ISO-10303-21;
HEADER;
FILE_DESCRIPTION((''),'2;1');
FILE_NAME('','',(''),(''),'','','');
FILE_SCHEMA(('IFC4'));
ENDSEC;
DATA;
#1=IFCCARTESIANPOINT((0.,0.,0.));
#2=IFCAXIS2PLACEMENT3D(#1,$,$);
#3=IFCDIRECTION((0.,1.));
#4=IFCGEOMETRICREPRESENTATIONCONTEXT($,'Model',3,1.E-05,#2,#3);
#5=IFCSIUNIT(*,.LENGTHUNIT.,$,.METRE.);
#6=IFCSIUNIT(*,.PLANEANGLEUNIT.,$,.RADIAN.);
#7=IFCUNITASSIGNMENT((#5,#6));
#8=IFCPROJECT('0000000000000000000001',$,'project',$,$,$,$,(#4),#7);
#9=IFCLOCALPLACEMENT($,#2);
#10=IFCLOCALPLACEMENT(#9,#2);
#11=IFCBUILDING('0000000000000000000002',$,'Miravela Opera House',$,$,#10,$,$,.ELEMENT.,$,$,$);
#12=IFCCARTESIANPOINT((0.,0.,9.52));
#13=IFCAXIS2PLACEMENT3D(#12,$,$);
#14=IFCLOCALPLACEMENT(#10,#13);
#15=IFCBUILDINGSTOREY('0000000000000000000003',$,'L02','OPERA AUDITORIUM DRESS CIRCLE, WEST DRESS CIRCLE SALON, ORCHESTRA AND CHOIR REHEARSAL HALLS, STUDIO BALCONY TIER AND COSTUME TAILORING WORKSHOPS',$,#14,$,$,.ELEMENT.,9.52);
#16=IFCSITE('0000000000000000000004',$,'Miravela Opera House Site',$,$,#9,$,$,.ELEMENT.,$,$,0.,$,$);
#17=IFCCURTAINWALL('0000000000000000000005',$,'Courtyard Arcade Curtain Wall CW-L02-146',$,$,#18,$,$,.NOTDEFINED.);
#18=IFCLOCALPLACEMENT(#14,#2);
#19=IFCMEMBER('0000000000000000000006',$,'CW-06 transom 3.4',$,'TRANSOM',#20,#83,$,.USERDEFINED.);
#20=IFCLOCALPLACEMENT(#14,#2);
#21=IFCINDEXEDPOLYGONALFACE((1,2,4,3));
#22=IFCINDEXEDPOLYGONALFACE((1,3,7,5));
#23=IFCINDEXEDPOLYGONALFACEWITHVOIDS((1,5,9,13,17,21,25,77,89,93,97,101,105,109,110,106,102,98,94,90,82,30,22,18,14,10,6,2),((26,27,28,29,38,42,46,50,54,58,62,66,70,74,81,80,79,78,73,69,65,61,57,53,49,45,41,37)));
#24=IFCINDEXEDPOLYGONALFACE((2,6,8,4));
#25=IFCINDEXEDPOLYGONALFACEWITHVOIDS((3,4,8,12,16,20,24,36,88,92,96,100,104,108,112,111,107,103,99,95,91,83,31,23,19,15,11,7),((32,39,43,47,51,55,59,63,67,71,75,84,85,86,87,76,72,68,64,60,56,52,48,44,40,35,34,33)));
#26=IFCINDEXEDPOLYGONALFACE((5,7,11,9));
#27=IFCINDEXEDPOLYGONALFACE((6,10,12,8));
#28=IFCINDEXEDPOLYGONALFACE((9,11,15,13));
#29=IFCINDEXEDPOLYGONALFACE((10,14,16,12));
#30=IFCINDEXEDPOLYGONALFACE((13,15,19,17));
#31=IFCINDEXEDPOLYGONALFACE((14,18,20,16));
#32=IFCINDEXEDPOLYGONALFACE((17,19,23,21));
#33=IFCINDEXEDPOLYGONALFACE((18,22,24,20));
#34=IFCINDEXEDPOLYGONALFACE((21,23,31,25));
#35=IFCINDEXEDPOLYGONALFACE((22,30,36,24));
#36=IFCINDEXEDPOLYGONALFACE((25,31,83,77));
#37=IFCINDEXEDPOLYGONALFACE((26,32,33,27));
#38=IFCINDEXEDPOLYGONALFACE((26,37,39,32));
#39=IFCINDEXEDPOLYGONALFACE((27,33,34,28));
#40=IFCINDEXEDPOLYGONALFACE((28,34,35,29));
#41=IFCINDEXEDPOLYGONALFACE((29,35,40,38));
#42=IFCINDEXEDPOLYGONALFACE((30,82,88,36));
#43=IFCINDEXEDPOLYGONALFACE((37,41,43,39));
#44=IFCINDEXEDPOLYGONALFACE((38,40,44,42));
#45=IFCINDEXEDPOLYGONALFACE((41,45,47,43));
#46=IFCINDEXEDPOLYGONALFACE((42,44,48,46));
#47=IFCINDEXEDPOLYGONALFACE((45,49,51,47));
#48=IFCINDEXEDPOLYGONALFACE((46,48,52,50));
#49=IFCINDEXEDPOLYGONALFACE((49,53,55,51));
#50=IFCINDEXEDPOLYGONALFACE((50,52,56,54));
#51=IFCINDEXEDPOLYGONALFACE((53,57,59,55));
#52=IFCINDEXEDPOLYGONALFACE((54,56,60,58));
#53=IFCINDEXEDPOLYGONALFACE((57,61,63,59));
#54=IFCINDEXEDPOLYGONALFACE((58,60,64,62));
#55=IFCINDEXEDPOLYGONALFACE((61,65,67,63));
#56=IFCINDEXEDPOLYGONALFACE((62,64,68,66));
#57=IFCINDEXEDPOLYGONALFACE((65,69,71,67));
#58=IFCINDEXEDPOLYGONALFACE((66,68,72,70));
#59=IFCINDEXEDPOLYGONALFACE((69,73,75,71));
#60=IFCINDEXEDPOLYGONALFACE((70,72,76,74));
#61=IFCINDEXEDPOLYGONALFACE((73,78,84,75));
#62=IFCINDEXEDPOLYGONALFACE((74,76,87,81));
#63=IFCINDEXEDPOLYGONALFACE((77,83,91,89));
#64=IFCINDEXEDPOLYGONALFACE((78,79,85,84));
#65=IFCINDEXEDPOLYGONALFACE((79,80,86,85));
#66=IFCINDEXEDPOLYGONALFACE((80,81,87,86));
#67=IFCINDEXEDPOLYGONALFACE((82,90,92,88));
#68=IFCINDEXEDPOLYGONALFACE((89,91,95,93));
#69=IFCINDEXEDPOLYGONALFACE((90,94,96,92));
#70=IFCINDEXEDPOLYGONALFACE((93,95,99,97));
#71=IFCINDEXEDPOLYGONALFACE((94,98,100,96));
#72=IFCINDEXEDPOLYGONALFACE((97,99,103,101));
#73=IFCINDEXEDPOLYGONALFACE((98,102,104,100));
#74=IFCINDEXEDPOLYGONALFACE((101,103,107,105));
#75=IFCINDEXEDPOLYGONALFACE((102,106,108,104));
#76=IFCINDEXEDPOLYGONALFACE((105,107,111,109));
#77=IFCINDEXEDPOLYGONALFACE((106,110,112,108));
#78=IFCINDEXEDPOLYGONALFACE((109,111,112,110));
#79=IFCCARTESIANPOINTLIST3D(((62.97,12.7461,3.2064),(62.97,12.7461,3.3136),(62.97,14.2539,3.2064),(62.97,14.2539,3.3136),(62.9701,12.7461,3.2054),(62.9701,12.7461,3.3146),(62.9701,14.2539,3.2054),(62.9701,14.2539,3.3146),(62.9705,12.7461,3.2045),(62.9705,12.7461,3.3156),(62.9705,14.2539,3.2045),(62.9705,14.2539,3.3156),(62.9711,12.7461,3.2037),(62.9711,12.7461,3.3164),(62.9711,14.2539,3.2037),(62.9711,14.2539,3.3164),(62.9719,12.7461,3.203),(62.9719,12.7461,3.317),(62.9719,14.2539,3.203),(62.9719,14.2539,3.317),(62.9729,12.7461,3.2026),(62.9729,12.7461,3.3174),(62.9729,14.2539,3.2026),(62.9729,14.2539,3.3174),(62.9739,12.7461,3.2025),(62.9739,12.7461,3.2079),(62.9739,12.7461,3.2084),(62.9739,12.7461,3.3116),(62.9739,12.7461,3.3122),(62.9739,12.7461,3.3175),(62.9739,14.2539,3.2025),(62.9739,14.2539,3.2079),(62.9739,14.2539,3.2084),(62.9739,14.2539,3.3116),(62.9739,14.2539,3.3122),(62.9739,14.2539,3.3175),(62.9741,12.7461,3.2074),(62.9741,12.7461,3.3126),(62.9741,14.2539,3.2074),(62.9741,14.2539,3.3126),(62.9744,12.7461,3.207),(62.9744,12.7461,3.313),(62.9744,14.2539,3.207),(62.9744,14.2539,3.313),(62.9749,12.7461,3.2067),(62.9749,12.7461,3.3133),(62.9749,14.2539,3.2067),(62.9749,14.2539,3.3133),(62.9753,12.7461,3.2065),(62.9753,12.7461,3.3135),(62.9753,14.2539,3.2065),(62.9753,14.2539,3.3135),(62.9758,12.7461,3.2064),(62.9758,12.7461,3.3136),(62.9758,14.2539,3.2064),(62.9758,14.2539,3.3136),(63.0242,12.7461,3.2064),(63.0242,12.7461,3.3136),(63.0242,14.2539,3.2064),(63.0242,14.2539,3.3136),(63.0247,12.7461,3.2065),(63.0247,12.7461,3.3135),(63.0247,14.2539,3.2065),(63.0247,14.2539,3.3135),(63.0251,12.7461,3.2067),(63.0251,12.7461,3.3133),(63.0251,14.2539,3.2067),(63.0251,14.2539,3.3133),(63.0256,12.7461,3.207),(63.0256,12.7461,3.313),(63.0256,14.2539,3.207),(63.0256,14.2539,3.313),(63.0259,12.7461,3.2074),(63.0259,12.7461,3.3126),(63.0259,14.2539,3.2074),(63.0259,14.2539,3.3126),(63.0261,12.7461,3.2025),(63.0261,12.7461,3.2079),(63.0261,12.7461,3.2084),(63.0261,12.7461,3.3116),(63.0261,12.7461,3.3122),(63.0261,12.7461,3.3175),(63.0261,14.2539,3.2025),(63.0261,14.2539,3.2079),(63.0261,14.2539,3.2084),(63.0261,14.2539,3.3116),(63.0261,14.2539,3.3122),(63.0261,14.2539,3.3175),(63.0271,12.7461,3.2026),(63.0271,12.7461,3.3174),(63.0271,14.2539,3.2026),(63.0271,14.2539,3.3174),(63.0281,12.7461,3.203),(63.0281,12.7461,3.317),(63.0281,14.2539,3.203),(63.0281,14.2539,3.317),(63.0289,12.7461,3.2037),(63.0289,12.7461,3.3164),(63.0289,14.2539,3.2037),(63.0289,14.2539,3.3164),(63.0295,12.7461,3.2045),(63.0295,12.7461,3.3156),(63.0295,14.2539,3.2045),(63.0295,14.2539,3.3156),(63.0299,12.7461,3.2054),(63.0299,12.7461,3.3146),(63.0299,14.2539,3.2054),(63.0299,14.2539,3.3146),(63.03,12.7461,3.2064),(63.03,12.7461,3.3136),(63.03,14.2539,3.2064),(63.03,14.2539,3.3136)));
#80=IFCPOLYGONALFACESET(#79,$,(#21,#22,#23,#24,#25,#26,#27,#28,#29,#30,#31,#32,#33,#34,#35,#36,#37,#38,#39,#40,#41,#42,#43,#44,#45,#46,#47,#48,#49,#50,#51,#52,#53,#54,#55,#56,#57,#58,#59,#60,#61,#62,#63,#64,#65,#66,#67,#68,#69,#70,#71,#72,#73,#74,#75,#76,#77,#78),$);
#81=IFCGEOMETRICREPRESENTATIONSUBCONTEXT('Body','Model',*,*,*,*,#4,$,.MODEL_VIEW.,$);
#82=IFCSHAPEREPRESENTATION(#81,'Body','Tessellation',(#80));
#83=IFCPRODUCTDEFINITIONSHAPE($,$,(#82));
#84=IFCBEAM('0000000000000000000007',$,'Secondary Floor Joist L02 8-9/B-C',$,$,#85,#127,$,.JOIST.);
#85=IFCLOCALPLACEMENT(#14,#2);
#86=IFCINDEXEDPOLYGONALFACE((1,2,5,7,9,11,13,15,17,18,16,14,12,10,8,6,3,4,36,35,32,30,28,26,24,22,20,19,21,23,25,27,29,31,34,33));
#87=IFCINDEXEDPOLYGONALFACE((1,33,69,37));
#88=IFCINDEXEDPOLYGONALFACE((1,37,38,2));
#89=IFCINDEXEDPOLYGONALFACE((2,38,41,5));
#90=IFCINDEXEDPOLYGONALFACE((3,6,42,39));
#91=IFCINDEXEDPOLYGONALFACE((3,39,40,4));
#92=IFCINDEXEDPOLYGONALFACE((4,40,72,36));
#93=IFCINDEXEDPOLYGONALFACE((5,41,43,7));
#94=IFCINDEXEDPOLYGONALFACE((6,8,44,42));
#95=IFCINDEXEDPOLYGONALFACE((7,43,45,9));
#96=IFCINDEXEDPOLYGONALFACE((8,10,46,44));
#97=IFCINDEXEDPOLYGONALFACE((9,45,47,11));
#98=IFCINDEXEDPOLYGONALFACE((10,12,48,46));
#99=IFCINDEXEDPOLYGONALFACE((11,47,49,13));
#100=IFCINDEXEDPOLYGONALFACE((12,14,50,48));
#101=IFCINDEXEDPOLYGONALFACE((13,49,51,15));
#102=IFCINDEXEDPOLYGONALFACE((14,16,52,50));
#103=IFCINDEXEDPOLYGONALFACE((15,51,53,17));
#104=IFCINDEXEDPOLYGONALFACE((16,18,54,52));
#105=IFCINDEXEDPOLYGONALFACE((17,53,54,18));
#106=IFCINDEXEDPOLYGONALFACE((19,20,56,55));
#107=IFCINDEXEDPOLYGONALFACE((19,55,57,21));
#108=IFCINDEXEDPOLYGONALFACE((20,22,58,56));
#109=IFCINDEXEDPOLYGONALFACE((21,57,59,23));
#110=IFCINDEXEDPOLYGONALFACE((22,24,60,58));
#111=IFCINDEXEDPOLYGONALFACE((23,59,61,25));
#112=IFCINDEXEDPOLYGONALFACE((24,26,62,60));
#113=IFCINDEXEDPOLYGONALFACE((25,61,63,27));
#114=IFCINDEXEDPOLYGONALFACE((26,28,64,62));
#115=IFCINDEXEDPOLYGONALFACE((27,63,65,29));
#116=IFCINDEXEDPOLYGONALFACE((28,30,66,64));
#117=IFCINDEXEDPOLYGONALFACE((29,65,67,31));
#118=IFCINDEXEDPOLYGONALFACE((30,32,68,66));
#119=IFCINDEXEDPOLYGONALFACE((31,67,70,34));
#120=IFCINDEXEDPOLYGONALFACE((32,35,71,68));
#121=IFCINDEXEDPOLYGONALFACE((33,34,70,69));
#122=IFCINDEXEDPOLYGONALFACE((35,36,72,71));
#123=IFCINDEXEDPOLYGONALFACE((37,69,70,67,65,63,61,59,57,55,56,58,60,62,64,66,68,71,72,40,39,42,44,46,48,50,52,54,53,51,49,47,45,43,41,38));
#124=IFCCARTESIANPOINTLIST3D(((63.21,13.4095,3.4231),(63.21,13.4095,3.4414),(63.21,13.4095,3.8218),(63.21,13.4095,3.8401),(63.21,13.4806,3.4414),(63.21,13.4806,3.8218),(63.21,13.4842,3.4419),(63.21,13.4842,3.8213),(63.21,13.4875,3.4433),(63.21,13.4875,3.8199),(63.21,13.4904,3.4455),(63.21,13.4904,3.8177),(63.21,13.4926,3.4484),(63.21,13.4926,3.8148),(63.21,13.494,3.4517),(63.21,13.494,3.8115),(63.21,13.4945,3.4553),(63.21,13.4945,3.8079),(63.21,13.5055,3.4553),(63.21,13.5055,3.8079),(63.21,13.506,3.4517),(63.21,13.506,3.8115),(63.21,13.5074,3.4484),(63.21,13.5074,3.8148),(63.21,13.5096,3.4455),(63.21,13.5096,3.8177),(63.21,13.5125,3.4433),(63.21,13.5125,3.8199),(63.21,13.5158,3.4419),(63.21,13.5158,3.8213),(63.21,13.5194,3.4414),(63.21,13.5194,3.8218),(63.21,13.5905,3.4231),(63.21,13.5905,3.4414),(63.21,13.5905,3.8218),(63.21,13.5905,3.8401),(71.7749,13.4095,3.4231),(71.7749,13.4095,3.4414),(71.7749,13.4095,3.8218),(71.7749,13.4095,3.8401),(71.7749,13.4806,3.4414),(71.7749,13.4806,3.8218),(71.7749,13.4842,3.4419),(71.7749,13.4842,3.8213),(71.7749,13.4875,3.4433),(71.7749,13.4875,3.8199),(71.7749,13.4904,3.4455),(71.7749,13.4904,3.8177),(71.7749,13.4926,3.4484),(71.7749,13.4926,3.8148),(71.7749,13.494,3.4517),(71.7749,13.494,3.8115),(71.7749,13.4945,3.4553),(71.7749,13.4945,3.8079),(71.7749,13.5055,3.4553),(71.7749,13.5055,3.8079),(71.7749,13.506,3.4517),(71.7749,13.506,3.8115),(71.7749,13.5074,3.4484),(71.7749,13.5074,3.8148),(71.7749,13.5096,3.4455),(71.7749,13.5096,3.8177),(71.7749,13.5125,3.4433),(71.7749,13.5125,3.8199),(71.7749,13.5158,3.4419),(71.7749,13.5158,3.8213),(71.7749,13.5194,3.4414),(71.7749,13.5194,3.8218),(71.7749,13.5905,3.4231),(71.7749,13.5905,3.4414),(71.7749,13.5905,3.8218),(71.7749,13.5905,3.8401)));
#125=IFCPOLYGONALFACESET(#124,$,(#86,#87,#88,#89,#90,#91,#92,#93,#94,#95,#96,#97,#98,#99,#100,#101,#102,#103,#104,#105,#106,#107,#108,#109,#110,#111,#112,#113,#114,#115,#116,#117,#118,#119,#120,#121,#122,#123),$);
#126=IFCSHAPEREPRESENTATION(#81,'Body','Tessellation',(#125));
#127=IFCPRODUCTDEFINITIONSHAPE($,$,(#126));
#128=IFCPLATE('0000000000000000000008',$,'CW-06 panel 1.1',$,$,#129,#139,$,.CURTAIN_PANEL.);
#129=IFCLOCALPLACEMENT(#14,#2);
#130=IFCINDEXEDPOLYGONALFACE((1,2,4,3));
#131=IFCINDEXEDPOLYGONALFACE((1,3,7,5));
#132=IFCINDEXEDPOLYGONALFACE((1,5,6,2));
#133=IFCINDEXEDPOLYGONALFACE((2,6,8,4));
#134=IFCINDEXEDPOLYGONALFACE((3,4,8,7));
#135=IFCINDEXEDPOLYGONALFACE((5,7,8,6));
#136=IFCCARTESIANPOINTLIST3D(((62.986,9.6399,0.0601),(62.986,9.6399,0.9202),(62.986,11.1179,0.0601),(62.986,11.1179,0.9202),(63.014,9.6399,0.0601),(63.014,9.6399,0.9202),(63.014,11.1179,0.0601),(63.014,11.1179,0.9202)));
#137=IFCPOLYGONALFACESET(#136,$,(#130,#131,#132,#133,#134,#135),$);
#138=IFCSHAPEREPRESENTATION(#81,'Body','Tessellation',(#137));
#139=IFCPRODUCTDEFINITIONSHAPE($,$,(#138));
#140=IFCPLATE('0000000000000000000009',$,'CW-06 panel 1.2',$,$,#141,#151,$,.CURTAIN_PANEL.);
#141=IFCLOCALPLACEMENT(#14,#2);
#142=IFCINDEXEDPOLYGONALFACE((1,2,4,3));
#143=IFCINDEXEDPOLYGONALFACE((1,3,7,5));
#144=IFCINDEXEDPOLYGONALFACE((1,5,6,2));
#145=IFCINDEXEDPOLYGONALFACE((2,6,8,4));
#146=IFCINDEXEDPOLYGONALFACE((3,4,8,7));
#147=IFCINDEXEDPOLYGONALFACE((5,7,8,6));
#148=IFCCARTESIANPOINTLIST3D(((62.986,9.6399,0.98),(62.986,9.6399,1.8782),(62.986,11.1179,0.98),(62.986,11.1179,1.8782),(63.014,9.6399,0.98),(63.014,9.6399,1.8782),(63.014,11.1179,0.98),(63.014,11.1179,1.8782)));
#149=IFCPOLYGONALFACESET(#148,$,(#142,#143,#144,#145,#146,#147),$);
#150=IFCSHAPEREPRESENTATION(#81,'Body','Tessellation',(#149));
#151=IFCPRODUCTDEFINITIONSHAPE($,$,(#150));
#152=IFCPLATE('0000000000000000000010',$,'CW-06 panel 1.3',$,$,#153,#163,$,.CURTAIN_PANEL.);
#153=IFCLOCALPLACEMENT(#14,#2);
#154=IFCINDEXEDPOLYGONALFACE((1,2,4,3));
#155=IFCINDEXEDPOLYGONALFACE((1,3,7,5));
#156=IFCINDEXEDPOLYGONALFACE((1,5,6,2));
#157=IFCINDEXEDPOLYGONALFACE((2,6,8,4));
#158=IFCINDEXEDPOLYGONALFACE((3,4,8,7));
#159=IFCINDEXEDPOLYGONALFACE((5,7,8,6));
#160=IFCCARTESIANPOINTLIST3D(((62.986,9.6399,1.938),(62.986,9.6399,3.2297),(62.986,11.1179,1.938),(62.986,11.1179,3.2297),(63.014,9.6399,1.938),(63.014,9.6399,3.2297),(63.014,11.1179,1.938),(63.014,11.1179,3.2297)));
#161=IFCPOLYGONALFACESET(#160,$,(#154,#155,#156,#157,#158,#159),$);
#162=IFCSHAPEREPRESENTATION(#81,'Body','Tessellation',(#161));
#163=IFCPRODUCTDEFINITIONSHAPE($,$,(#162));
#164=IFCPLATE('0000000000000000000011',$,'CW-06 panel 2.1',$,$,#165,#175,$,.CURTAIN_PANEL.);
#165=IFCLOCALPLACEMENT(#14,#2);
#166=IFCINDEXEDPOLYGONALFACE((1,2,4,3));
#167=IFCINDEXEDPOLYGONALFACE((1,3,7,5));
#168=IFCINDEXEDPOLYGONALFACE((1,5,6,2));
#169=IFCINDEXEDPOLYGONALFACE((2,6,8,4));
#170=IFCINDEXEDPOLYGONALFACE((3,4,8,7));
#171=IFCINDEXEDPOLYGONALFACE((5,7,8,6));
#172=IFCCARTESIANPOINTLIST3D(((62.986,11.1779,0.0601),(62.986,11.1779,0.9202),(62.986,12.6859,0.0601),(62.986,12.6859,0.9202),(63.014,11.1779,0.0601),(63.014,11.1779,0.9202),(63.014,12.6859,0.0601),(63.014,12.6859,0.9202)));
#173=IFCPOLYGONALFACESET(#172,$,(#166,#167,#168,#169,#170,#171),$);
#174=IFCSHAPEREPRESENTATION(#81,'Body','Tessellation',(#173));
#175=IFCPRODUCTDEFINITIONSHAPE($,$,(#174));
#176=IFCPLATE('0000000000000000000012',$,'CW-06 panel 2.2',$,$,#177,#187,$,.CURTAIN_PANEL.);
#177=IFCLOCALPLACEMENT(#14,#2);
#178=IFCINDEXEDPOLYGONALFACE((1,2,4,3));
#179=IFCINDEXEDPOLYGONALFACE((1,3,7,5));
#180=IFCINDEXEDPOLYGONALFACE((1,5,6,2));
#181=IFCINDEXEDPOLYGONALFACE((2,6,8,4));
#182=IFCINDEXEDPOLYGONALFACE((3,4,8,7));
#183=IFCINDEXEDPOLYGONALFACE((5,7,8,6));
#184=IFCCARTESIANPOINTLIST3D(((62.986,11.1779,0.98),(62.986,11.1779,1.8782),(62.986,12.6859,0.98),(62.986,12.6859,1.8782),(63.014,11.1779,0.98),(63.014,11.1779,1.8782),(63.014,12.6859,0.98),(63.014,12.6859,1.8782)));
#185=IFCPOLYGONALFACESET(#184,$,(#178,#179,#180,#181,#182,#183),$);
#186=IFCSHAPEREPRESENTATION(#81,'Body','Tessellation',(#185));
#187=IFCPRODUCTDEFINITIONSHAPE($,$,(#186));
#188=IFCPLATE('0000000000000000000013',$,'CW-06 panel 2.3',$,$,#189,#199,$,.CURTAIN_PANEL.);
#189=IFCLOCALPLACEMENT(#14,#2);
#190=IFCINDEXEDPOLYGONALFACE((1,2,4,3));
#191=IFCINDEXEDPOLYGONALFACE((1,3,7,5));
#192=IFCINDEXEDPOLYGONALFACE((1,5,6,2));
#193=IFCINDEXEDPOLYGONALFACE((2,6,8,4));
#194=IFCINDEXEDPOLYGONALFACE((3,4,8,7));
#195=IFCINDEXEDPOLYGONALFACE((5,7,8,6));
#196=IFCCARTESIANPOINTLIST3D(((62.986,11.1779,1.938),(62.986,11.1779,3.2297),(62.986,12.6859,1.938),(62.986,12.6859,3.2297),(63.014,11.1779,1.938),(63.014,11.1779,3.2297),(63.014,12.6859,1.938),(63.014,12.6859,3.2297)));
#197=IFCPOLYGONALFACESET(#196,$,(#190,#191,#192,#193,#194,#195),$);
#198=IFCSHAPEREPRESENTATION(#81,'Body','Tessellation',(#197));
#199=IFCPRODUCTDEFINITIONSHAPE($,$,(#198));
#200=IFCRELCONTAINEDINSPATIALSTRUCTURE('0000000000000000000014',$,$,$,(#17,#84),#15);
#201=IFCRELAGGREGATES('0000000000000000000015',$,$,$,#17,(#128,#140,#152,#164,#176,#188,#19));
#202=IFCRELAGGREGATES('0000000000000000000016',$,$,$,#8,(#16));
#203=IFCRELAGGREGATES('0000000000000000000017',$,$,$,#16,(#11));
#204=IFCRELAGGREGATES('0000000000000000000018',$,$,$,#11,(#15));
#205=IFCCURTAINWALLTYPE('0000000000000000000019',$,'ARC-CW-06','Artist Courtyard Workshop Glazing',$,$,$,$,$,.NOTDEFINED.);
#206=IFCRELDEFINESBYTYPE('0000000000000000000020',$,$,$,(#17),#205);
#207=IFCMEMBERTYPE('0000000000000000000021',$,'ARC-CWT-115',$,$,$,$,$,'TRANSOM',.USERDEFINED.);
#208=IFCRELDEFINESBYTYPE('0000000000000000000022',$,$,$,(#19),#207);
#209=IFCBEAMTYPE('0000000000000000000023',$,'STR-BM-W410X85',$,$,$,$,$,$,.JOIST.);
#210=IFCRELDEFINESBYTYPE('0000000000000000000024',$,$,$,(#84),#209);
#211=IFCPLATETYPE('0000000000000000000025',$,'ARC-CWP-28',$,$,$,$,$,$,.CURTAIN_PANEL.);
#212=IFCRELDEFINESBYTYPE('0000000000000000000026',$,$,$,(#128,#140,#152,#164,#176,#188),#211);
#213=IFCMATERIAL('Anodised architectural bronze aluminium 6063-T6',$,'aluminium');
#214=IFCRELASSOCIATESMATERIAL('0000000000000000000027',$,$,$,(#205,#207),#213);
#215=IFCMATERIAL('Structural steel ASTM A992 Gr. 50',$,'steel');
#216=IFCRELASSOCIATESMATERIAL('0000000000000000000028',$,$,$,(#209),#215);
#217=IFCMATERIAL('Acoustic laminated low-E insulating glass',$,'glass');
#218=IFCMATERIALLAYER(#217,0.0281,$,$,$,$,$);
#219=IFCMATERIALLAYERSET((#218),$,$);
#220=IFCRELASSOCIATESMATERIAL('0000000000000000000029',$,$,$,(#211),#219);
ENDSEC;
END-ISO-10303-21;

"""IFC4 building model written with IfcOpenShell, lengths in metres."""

from ifc_helpers import new_model, si_unit, direction, frame, origin, origin_2d, place, context, subcontext, project, spatial, rectangle, hollow_rectangle, i_section, extrude, material, layer, layer_set, material_profile, profile_set, type_object, element, aggregate, save


model = new_model("IFC4")

# Units and contexts
model_context = context("Model", 3, precision=1e-05, world=origin(), true_north=direction((0.0, 1.0)))
body_context = subcontext(model_context, "Body", "Model", "MODEL_VIEW")
ifc_project = project(units=[si_unit("LENGTHUNIT", "METRE"), si_unit("PLANEANGLEUNIT", "RADIAN")], contexts=[model_context])

# Site, building, storey
site_placement = place(None, origin())
site = spatial("IfcSite", under=ifc_project, at=site_placement, Name="Miravela Opera House Site", CompositionType="ELEMENT", RefElevation=0.0)
building_placement = place(site_placement, origin())
building = spatial("IfcBuilding", under=site, at=building_placement, Name="Miravela Opera House", CompositionType="ELEMENT")
storey_placement = place(building_placement, frame((0.0, 0.0, 9.52)))
storey = spatial("IfcBuildingStorey", under=building, at=storey_placement, Name="L02", Description="OPERA AUDITORIUM DRESS CIRCLE, WEST DRESS CIRCLE SALON, ORCHESTRA AND CHOIR REHEARSAL HALLS, STUDIO BALCONY TIER AND COSTUME TAILORING WORKSHOPS", CompositionType="ELEMENT", Elevation=9.52)

# Curtain wall, member
ifc_material_1 = material(Name="Anodised architectural bronze aluminium 6063-T6", Category="aluminium")
curtain_wall_type = type_object("IfcCurtainWallType", Name="ARC-CW-06", Description="Artist Courtyard Workshop Glazing", PredefinedType="NOTDEFINED", material=ifc_material_1)
curtain_wall_placement = place(storey_placement, origin())
curtain_wall = element("IfcCurtainWall", 1, at=curtain_wall_placement, inside=storey, type_object=curtain_wall_type, Name="Courtyard Arcade Curtain Wall CW-L02-146", PredefinedType="NOTDEFINED")
ifc_material_profile_1 = material_profile(ifc_material_1, hollow_rectangle(XDim=0.0601, YDim=0.115, WallThickness=0.0039, InnerFilletRadius=0.002, OuterFilletRadius=0.0039, at=origin_2d()), Name="CWT-60X115")
ifc_profile_set_1 = profile_set([ifc_material_profile_1])
member_type_1 = type_object("IfcMemberType", Name="ARC-CWT-115", ElementType="TRANSOM", PredefinedType="USERDEFINED", material=ifc_profile_set_1)
member_1_placement = place(storey_placement, frame((63.0, 12.7461, 3.26), z_axis=(0.0, 1.0, 0.0), x_axis=(-1.0, 0.0, 0.0)))
member_1 = element("IfcMember", 2, at=member_1_placement, type_object=member_type_1, Name="CW-06 transom 3.4", ObjectType="TRANSOM", PredefinedType="USERDEFINED", context=body_context, shape_type="SweptSolid", body=[
    extrude(hollow_rectangle(XDim=0.0601, YDim=0.115, WallThickness=0.0039, InnerFilletRadius=0.002, OuterFilletRadius=0.0039, at=origin_2d()), origin(), (0.0, 0.0, 1.0), 1.5078),
])

# Beam
ifc_material_2 = material(Name="Structural steel ASTM A992 Gr. 50", Category="steel")
ifc_material_profile_2 = material_profile(ifc_material_2, i_section(OverallWidth=0.1809, OverallDepth=0.417, WebThickness=0.011, FlangeThickness=0.0183, FilletRadius=0.0139, at=origin_2d()), Name="W410X85")
ifc_profile_set_2 = profile_set([ifc_material_profile_2])
beam_type = type_object("IfcBeamType", Name="STR-BM-W410X85", PredefinedType="JOIST", material=ifc_profile_set_2)
beam_placement = place(storey_placement, frame((63.21, 13.5, 3.6316), z_axis=(1.0, 0.0, 0.0), x_axis=(0.0, 1.0, 0.0)))
element("IfcBeam", 3, at=beam_placement, inside=storey, type_object=beam_type, Name="Secondary Floor Joist L02 8-9/B-C", PredefinedType="JOIST", context=body_context, shape_type="SweptSolid", body=[
    extrude(i_section(OverallWidth=0.1809, OverallDepth=0.417, WebThickness=0.011, FlangeThickness=0.0183, FilletRadius=0.0139, at=origin_2d()), origin(), (0.0, 0.0, 1.0), 8.5649),
])

# Plates
ifc_material_3 = material(Name="Acoustic laminated low-E insulating glass", Category="glass")
ifc_layer_1 = layer(ifc_material_3, 0.0281)
ifc_layer_set_1 = layer_set([ifc_layer_1])
plate_type = type_object("IfcPlateType", Name="ARC-CWP-28", PredefinedType="CURTAIN_PANEL", material=ifc_layer_set_1)
plate_1_placement = place(storey_placement, frame((63.0, 10.3789, 0.0601), z_axis=(0.0, 0.0, 1.0), x_axis=(0.0, 1.0, 0.0)))
plate_1 = element("IfcPlate", 4, at=plate_1_placement, type_object=plate_type, Name="CW-06 panel 1.1", PredefinedType="CURTAIN_PANEL", context=body_context, shape_type="SweptSolid", body=[
    extrude(rectangle(XDim=1.478, YDim=0.0281, at=origin_2d()), origin(), (0.0, 0.0, 1.0), 0.8601),
])
plate_2_placement = place(storey_placement, frame((63.0, 10.3789, 0.98), z_axis=(0.0, 0.0, 1.0), x_axis=(0.0, 1.0, 0.0)))
plate_2 = element("IfcPlate", 5, at=plate_2_placement, type_object=plate_type, Name="CW-06 panel 1.2", PredefinedType="CURTAIN_PANEL", context=body_context, shape_type="SweptSolid", body=[
    extrude(rectangle(XDim=1.478, YDim=0.0281, at=origin_2d()), origin(), (0.0, 0.0, 1.0), 0.8982),
])
plate_3_placement = place(storey_placement, frame((63.0, 10.3789, 1.938), z_axis=(0.0, 0.0, 1.0), x_axis=(0.0, 1.0, 0.0)))
plate_3 = element("IfcPlate", 6, at=plate_3_placement, type_object=plate_type, Name="CW-06 panel 1.3", PredefinedType="CURTAIN_PANEL", context=body_context, shape_type="SweptSolid", body=[
    extrude(rectangle(XDim=1.478, YDim=0.0281, at=origin_2d()), origin(), (0.0, 0.0, 1.0), 1.2917),
])
plate_4_placement = place(storey_placement, frame((63.0, 11.9319, 0.0601), z_axis=(0.0, 0.0, 1.0), x_axis=(0.0, 1.0, 0.0)))
plate_4 = element("IfcPlate", 7, at=plate_4_placement, type_object=plate_type, Name="CW-06 panel 2.1", PredefinedType="CURTAIN_PANEL", context=body_context, shape_type="SweptSolid", body=[
    extrude(rectangle(XDim=1.5081, YDim=0.0281, at=origin_2d()), origin(), (0.0, 0.0, 1.0), 0.8601),
])
plate_5_placement = place(storey_placement, frame((63.0, 11.9319, 0.98), z_axis=(0.0, 0.0, 1.0), x_axis=(0.0, 1.0, 0.0)))
plate_5 = element("IfcPlate", 8, at=plate_5_placement, type_object=plate_type, Name="CW-06 panel 2.2", PredefinedType="CURTAIN_PANEL", context=body_context, shape_type="SweptSolid", body=[
    extrude(rectangle(XDim=1.5081, YDim=0.0281, at=origin_2d()), origin(), (0.0, 0.0, 1.0), 0.8982),
])
plate_6_placement = place(storey_placement, frame((63.0, 11.9319, 1.938), z_axis=(0.0, 0.0, 1.0), x_axis=(0.0, 1.0, 0.0)))
plate_6 = element("IfcPlate", 9, at=plate_6_placement, type_object=plate_type, Name="CW-06 panel 2.3", PredefinedType="CURTAIN_PANEL", context=body_context, shape_type="SweptSolid", body=[
    extrude(rectangle(XDim=1.5081, YDim=0.0281, at=origin_2d()), origin(), (0.0, 0.0, 1.0), 1.2917),
])
aggregate(curtain_wall, [plate_1, plate_2, plate_3, plate_4, plate_5, plate_6, member_1])

save(model, "model.ifc")
